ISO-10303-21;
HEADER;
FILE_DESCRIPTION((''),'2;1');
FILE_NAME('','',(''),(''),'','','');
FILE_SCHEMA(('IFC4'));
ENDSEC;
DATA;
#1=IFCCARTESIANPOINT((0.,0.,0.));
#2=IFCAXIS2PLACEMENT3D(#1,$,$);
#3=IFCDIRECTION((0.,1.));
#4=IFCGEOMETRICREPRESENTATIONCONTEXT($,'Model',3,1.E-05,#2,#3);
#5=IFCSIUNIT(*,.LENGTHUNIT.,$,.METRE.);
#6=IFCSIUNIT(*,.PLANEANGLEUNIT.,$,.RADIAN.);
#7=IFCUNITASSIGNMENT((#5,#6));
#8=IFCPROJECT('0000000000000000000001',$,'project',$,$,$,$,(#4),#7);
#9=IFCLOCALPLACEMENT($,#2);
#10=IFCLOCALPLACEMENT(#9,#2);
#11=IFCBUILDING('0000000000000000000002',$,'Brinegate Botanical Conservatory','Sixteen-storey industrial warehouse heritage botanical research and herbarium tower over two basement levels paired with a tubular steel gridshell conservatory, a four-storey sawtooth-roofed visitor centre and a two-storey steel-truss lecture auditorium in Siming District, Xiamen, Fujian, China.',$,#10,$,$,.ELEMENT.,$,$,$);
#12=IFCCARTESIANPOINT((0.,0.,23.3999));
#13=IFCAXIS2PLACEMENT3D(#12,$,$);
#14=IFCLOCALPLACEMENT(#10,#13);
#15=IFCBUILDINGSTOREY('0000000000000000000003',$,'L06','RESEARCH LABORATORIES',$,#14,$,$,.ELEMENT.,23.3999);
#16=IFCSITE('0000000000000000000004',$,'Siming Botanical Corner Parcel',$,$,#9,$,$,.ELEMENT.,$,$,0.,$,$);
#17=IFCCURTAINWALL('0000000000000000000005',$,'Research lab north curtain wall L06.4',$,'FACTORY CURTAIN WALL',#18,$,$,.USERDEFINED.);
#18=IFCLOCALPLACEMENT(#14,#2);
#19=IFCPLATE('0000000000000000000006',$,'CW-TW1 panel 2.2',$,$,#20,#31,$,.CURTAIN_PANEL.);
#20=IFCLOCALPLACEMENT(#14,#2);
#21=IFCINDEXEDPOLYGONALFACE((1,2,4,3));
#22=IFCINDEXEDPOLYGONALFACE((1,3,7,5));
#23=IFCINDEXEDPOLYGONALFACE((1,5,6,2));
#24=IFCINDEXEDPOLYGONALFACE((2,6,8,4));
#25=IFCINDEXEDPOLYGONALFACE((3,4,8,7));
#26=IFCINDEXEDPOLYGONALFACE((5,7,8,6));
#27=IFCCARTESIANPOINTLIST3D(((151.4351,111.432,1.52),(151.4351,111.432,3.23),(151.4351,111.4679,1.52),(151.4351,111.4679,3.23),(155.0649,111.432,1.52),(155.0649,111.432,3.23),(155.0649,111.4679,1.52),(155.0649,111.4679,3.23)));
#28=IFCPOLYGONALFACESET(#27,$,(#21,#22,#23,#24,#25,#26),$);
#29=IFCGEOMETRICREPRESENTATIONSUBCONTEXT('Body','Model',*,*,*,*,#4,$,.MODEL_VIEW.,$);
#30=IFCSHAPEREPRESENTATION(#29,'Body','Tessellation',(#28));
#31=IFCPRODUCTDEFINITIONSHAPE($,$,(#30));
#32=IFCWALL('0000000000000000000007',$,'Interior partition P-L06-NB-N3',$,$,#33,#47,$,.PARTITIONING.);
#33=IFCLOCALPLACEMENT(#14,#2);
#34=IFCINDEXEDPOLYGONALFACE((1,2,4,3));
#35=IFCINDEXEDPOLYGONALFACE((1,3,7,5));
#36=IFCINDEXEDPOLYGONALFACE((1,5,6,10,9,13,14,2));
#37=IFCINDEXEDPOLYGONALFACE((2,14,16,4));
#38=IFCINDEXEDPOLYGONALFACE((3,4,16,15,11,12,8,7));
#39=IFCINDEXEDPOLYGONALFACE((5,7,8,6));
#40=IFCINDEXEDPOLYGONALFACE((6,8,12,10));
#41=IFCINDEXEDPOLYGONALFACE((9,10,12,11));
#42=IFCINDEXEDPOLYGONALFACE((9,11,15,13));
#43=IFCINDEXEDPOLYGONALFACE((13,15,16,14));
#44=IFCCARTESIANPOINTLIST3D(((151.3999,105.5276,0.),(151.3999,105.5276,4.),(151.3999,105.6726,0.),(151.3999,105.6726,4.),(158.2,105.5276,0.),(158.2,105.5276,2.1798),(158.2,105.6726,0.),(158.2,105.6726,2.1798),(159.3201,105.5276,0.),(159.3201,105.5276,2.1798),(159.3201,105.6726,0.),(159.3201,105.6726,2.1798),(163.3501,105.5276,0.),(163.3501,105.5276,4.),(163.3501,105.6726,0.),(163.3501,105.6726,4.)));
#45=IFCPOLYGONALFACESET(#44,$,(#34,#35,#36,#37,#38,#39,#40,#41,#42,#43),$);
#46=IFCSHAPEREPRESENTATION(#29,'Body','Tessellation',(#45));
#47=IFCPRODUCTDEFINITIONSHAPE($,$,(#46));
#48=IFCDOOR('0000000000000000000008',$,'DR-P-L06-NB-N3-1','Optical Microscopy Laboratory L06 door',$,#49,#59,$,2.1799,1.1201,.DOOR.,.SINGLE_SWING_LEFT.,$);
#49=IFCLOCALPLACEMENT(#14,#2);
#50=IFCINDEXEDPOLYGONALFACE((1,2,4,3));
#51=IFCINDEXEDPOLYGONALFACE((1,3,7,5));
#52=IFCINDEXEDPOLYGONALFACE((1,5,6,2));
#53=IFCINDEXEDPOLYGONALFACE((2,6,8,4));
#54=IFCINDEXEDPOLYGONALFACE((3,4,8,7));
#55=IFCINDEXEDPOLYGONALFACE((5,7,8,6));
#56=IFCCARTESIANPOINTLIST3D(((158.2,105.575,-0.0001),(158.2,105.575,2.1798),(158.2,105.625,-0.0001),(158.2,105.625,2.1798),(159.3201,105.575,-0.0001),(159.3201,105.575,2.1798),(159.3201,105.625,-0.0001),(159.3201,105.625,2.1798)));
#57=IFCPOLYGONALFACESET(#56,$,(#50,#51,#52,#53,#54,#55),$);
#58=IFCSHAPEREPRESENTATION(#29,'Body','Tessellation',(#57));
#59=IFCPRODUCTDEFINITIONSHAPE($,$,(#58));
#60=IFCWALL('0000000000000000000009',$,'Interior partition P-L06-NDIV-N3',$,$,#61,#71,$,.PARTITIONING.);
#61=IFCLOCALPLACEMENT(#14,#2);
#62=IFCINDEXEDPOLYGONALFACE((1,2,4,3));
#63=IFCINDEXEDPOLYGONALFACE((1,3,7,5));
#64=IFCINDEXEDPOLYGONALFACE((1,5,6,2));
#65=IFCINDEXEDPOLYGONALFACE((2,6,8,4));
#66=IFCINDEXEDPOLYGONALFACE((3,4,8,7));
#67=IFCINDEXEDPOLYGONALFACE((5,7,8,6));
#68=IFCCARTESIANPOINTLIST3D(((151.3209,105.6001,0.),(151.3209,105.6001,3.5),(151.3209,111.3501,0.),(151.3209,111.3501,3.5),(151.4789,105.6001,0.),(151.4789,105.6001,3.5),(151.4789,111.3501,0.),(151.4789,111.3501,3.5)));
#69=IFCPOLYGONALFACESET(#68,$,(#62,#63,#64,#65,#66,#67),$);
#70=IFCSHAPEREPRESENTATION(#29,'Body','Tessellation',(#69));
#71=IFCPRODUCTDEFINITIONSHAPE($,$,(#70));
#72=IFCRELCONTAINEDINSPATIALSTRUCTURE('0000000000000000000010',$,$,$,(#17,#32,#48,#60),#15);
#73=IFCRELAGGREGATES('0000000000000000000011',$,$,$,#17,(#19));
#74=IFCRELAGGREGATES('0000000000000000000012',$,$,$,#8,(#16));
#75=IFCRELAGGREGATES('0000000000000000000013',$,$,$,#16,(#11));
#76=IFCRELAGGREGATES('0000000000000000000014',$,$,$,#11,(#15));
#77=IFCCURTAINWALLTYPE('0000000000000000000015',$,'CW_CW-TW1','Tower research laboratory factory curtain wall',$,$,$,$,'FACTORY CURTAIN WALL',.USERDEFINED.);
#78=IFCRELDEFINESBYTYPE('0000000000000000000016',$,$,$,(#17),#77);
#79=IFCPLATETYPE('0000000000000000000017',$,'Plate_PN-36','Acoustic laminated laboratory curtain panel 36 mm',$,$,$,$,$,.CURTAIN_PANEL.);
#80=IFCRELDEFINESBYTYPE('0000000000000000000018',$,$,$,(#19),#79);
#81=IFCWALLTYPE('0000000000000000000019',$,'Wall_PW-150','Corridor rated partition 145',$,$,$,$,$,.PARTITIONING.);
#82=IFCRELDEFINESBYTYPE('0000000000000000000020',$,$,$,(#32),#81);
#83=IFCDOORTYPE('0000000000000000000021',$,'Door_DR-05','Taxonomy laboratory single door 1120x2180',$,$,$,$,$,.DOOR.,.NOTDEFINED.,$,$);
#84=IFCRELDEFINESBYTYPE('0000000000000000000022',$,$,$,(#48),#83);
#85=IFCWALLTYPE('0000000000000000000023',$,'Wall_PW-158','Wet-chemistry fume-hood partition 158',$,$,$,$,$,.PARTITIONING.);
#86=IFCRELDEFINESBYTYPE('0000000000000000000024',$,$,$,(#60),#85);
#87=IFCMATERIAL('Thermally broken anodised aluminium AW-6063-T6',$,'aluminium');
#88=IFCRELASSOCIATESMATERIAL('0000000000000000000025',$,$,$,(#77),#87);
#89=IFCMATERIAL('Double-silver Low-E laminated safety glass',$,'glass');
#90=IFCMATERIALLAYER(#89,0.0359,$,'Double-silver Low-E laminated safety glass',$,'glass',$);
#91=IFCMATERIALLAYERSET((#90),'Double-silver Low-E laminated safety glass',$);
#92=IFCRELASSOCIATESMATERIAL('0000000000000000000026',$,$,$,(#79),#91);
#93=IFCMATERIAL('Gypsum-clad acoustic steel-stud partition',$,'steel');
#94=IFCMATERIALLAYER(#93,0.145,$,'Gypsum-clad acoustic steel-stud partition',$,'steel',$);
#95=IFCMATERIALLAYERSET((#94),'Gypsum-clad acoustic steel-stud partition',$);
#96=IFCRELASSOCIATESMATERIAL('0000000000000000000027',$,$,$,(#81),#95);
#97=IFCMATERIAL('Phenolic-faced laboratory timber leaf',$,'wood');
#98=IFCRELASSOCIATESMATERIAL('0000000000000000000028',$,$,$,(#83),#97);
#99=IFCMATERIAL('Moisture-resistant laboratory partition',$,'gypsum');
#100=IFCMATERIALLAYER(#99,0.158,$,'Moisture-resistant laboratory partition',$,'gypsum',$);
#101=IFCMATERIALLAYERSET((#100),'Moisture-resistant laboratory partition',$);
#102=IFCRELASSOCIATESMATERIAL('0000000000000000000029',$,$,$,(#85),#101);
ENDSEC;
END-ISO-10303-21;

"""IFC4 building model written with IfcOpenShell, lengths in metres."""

from ifc_helpers import new_model, si_unit, direction, frame, frame_2d, origin, origin_2d, place, context, subcontext, project, spatial, rectangle, extrude, material, layer, layer_set, type_object, element, fill, aggregate, save


model = new_model("IFC4")

# Units and contexts
model_context = context("Model", 3, precision=1e-05, world=origin(), true_north=direction((0.0, 1.0)))
body_context = subcontext(model_context, "Body", "Model", "MODEL_VIEW")
ifc_project = project(units=[si_unit("LENGTHUNIT", "METRE"), si_unit("PLANEANGLEUNIT", "RADIAN")], contexts=[model_context])

# Site, building, storey
site_placement = place(None, origin())
site = spatial("IfcSite", under=ifc_project, at=site_placement, Name="Siming Botanical Corner Parcel", CompositionType="ELEMENT", RefElevation=0.0)
building_placement = place(site_placement, origin())
building = spatial("IfcBuilding", under=site, at=building_placement, Name="Brinegate Botanical Conservatory", Description="Sixteen-storey industrial warehouse heritage botanical research and herbarium tower over two basement levels paired with a tubular steel gridshell conservatory, a four-storey sawtooth-roofed visitor centre and a two-storey steel-truss lecture auditorium in Siming District, Xiamen, Fujian, China.", CompositionType="ELEMENT")
storey_placement = place(building_placement, frame((0.0, 0.0, 23.3999)))
storey = spatial("IfcBuildingStorey", under=building, at=storey_placement, Name="L06", Description="RESEARCH LABORATORIES", CompositionType="ELEMENT", Elevation=23.3999)

# Curtain wall, plate
ifc_material_1 = material(Name="Thermally broken anodised aluminium AW-6063-T6", Category="aluminium")
curtain_wall_type = type_object("IfcCurtainWallType", Name="CW_CW-TW1", Description="Tower research laboratory factory curtain wall", ElementType="FACTORY CURTAIN WALL", PredefinedType="USERDEFINED", material=ifc_material_1)
curtain_wall_placement = place(storey_placement, origin())
curtain_wall = element("IfcCurtainWall", 1, at=curtain_wall_placement, inside=storey, type_object=curtain_wall_type, Name="Research lab north curtain wall L06.4", ObjectType="FACTORY CURTAIN WALL", PredefinedType="USERDEFINED")
ifc_material_2 = material(Name="Double-silver Low-E laminated safety glass", Category="glass")
ifc_layer_1 = layer(ifc_material_2, 0.0359, Name="Double-silver Low-E laminated safety glass", Category="glass")
ifc_layer_set_1 = layer_set([ifc_layer_1], Name="Double-silver Low-E laminated safety glass")
plate_type = type_object("IfcPlateType", Name="Plate_PN-36", Description="Acoustic laminated laboratory curtain panel 36 mm", PredefinedType="CURTAIN_PANEL", material=ifc_layer_set_1)
plate_1_placement = place(storey_placement, frame((153.25, 111.45, 1.52), z_axis=(0.0, 0.0, 1.0), x_axis=(1.0, 0.0, 0.0)))
plate_1 = element("IfcPlate", 2, at=plate_1_placement, type_object=plate_type, Name="CW-TW1 panel 2.2", PredefinedType="CURTAIN_PANEL", context=body_context, shape_type="SweptSolid", body=[
    extrude(rectangle(XDim=3.6299, YDim=0.0359, at=origin_2d()), origin(), (0.0, 0.0, 1.0), 1.71),
])
aggregate(curtain_wall, [plate_1])

# Wall, opening, door
ifc_material_3 = material(Name="Gypsum-clad acoustic steel-stud partition", Category="steel")
ifc_layer_2 = layer(ifc_material_3, 0.145, Name="Gypsum-clad acoustic steel-stud partition", Category="steel")
ifc_layer_set_2 = layer_set([ifc_layer_2], Name="Gypsum-clad acoustic steel-stud partition")
wall_type_1 = type_object("IfcWallType", Name="Wall_PW-150", Description="Corridor rated partition 145", PredefinedType="PARTITIONING", material=ifc_layer_set_2)
wall_1_placement = place(storey_placement, frame((151.3999, 105.6001, 0.0), z_axis=(0.0, 0.0, 1.0), x_axis=(1.0, 0.0, 0.0)))
wall_1 = element("IfcWall", 3, at=wall_1_placement, inside=storey, type_object=wall_type_1, Name="Interior partition P-L06-NB-N3", PredefinedType="PARTITIONING", context=body_context, shape_type="SweptSolid", body=[
    extrude(rectangle(XDim=11.9502, YDim=0.145, at=frame_2d((5.9751, 0.0))), origin(), (0.0, 0.0, 1.0), 4.0),
])
opening_placement = place(wall_1_placement, frame((6.8, 0.0, 0.0)))
opening = element("IfcOpeningElement", 4, at=opening_placement, cuts=wall_1, PredefinedType="OPENING", context=body_context, shape_type="SweptSolid", body=[
    extrude(rectangle(XDim=1.1201, YDim=2.1799, at=frame_2d((0.5601, 1.0898))), frame((0.0, 0.0825, 0.0), z_axis=(0.0, -1.0, 0.0), x_axis=(1.0, 0.0, 0.0)), (0.0, 0.0, 1.0), 0.165),
])
ifc_material_4 = material(Name="Phenolic-faced laboratory timber leaf", Category="wood")
door_type = type_object("IfcDoorType", Name="Door_DR-05", Description="Taxonomy laboratory single door 1120x2180", OperationType="NOTDEFINED", PredefinedType="DOOR", material=ifc_material_4)
door_placement = place(opening_placement, origin())
door = element("IfcDoor", 5, at=door_placement, inside=storey, type_object=door_type, Name="DR-P-L06-NB-N3-1", Description="Optical Microscopy Laboratory L06 door", OperationType="SINGLE_SWING_LEFT", OverallHeight=2.1799, OverallWidth=1.1201, PredefinedType="DOOR", context=body_context, shape_type="SweptSolid", body=[
    extrude(rectangle(XDim=1.1201, YDim=2.1799, at=frame_2d((0.5601, 1.0898))), frame((0.0, 0.0249, 0.0), z_axis=(0.0, -1.0, 0.0), x_axis=(1.0, 0.0, 0.0)), (0.0, 0.0, 1.0), 0.05),
])
fill(opening, door)

# Wall
ifc_material_5 = material(Name="Moisture-resistant laboratory partition", Category="gypsum")
ifc_layer_3 = layer(ifc_material_5, 0.158, Name="Moisture-resistant laboratory partition", Category="gypsum")
ifc_layer_set_3 = layer_set([ifc_layer_3], Name="Moisture-resistant laboratory partition")
wall_type_2 = type_object("IfcWallType", Name="Wall_PW-158", Description="Wet-chemistry fume-hood partition 158", PredefinedType="PARTITIONING", material=ifc_layer_set_3)
wall_2_placement = place(storey_placement, frame((151.3999, 105.6001, 0.0), z_axis=(0.0, 0.0, 1.0), x_axis=(0.0, 1.0, 0.0)))
element("IfcWall", 6, at=wall_2_placement, inside=storey, type_object=wall_type_2, Name="Interior partition P-L06-NDIV-N3", PredefinedType="PARTITIONING", context=body_context, shape_type="SweptSolid", body=[
    extrude(rectangle(XDim=5.75, YDim=0.158, at=frame_2d((2.875, 0.0))), origin(), (0.0, 0.0, 1.0), 3.5),
])

save(model, "model.ifc")
